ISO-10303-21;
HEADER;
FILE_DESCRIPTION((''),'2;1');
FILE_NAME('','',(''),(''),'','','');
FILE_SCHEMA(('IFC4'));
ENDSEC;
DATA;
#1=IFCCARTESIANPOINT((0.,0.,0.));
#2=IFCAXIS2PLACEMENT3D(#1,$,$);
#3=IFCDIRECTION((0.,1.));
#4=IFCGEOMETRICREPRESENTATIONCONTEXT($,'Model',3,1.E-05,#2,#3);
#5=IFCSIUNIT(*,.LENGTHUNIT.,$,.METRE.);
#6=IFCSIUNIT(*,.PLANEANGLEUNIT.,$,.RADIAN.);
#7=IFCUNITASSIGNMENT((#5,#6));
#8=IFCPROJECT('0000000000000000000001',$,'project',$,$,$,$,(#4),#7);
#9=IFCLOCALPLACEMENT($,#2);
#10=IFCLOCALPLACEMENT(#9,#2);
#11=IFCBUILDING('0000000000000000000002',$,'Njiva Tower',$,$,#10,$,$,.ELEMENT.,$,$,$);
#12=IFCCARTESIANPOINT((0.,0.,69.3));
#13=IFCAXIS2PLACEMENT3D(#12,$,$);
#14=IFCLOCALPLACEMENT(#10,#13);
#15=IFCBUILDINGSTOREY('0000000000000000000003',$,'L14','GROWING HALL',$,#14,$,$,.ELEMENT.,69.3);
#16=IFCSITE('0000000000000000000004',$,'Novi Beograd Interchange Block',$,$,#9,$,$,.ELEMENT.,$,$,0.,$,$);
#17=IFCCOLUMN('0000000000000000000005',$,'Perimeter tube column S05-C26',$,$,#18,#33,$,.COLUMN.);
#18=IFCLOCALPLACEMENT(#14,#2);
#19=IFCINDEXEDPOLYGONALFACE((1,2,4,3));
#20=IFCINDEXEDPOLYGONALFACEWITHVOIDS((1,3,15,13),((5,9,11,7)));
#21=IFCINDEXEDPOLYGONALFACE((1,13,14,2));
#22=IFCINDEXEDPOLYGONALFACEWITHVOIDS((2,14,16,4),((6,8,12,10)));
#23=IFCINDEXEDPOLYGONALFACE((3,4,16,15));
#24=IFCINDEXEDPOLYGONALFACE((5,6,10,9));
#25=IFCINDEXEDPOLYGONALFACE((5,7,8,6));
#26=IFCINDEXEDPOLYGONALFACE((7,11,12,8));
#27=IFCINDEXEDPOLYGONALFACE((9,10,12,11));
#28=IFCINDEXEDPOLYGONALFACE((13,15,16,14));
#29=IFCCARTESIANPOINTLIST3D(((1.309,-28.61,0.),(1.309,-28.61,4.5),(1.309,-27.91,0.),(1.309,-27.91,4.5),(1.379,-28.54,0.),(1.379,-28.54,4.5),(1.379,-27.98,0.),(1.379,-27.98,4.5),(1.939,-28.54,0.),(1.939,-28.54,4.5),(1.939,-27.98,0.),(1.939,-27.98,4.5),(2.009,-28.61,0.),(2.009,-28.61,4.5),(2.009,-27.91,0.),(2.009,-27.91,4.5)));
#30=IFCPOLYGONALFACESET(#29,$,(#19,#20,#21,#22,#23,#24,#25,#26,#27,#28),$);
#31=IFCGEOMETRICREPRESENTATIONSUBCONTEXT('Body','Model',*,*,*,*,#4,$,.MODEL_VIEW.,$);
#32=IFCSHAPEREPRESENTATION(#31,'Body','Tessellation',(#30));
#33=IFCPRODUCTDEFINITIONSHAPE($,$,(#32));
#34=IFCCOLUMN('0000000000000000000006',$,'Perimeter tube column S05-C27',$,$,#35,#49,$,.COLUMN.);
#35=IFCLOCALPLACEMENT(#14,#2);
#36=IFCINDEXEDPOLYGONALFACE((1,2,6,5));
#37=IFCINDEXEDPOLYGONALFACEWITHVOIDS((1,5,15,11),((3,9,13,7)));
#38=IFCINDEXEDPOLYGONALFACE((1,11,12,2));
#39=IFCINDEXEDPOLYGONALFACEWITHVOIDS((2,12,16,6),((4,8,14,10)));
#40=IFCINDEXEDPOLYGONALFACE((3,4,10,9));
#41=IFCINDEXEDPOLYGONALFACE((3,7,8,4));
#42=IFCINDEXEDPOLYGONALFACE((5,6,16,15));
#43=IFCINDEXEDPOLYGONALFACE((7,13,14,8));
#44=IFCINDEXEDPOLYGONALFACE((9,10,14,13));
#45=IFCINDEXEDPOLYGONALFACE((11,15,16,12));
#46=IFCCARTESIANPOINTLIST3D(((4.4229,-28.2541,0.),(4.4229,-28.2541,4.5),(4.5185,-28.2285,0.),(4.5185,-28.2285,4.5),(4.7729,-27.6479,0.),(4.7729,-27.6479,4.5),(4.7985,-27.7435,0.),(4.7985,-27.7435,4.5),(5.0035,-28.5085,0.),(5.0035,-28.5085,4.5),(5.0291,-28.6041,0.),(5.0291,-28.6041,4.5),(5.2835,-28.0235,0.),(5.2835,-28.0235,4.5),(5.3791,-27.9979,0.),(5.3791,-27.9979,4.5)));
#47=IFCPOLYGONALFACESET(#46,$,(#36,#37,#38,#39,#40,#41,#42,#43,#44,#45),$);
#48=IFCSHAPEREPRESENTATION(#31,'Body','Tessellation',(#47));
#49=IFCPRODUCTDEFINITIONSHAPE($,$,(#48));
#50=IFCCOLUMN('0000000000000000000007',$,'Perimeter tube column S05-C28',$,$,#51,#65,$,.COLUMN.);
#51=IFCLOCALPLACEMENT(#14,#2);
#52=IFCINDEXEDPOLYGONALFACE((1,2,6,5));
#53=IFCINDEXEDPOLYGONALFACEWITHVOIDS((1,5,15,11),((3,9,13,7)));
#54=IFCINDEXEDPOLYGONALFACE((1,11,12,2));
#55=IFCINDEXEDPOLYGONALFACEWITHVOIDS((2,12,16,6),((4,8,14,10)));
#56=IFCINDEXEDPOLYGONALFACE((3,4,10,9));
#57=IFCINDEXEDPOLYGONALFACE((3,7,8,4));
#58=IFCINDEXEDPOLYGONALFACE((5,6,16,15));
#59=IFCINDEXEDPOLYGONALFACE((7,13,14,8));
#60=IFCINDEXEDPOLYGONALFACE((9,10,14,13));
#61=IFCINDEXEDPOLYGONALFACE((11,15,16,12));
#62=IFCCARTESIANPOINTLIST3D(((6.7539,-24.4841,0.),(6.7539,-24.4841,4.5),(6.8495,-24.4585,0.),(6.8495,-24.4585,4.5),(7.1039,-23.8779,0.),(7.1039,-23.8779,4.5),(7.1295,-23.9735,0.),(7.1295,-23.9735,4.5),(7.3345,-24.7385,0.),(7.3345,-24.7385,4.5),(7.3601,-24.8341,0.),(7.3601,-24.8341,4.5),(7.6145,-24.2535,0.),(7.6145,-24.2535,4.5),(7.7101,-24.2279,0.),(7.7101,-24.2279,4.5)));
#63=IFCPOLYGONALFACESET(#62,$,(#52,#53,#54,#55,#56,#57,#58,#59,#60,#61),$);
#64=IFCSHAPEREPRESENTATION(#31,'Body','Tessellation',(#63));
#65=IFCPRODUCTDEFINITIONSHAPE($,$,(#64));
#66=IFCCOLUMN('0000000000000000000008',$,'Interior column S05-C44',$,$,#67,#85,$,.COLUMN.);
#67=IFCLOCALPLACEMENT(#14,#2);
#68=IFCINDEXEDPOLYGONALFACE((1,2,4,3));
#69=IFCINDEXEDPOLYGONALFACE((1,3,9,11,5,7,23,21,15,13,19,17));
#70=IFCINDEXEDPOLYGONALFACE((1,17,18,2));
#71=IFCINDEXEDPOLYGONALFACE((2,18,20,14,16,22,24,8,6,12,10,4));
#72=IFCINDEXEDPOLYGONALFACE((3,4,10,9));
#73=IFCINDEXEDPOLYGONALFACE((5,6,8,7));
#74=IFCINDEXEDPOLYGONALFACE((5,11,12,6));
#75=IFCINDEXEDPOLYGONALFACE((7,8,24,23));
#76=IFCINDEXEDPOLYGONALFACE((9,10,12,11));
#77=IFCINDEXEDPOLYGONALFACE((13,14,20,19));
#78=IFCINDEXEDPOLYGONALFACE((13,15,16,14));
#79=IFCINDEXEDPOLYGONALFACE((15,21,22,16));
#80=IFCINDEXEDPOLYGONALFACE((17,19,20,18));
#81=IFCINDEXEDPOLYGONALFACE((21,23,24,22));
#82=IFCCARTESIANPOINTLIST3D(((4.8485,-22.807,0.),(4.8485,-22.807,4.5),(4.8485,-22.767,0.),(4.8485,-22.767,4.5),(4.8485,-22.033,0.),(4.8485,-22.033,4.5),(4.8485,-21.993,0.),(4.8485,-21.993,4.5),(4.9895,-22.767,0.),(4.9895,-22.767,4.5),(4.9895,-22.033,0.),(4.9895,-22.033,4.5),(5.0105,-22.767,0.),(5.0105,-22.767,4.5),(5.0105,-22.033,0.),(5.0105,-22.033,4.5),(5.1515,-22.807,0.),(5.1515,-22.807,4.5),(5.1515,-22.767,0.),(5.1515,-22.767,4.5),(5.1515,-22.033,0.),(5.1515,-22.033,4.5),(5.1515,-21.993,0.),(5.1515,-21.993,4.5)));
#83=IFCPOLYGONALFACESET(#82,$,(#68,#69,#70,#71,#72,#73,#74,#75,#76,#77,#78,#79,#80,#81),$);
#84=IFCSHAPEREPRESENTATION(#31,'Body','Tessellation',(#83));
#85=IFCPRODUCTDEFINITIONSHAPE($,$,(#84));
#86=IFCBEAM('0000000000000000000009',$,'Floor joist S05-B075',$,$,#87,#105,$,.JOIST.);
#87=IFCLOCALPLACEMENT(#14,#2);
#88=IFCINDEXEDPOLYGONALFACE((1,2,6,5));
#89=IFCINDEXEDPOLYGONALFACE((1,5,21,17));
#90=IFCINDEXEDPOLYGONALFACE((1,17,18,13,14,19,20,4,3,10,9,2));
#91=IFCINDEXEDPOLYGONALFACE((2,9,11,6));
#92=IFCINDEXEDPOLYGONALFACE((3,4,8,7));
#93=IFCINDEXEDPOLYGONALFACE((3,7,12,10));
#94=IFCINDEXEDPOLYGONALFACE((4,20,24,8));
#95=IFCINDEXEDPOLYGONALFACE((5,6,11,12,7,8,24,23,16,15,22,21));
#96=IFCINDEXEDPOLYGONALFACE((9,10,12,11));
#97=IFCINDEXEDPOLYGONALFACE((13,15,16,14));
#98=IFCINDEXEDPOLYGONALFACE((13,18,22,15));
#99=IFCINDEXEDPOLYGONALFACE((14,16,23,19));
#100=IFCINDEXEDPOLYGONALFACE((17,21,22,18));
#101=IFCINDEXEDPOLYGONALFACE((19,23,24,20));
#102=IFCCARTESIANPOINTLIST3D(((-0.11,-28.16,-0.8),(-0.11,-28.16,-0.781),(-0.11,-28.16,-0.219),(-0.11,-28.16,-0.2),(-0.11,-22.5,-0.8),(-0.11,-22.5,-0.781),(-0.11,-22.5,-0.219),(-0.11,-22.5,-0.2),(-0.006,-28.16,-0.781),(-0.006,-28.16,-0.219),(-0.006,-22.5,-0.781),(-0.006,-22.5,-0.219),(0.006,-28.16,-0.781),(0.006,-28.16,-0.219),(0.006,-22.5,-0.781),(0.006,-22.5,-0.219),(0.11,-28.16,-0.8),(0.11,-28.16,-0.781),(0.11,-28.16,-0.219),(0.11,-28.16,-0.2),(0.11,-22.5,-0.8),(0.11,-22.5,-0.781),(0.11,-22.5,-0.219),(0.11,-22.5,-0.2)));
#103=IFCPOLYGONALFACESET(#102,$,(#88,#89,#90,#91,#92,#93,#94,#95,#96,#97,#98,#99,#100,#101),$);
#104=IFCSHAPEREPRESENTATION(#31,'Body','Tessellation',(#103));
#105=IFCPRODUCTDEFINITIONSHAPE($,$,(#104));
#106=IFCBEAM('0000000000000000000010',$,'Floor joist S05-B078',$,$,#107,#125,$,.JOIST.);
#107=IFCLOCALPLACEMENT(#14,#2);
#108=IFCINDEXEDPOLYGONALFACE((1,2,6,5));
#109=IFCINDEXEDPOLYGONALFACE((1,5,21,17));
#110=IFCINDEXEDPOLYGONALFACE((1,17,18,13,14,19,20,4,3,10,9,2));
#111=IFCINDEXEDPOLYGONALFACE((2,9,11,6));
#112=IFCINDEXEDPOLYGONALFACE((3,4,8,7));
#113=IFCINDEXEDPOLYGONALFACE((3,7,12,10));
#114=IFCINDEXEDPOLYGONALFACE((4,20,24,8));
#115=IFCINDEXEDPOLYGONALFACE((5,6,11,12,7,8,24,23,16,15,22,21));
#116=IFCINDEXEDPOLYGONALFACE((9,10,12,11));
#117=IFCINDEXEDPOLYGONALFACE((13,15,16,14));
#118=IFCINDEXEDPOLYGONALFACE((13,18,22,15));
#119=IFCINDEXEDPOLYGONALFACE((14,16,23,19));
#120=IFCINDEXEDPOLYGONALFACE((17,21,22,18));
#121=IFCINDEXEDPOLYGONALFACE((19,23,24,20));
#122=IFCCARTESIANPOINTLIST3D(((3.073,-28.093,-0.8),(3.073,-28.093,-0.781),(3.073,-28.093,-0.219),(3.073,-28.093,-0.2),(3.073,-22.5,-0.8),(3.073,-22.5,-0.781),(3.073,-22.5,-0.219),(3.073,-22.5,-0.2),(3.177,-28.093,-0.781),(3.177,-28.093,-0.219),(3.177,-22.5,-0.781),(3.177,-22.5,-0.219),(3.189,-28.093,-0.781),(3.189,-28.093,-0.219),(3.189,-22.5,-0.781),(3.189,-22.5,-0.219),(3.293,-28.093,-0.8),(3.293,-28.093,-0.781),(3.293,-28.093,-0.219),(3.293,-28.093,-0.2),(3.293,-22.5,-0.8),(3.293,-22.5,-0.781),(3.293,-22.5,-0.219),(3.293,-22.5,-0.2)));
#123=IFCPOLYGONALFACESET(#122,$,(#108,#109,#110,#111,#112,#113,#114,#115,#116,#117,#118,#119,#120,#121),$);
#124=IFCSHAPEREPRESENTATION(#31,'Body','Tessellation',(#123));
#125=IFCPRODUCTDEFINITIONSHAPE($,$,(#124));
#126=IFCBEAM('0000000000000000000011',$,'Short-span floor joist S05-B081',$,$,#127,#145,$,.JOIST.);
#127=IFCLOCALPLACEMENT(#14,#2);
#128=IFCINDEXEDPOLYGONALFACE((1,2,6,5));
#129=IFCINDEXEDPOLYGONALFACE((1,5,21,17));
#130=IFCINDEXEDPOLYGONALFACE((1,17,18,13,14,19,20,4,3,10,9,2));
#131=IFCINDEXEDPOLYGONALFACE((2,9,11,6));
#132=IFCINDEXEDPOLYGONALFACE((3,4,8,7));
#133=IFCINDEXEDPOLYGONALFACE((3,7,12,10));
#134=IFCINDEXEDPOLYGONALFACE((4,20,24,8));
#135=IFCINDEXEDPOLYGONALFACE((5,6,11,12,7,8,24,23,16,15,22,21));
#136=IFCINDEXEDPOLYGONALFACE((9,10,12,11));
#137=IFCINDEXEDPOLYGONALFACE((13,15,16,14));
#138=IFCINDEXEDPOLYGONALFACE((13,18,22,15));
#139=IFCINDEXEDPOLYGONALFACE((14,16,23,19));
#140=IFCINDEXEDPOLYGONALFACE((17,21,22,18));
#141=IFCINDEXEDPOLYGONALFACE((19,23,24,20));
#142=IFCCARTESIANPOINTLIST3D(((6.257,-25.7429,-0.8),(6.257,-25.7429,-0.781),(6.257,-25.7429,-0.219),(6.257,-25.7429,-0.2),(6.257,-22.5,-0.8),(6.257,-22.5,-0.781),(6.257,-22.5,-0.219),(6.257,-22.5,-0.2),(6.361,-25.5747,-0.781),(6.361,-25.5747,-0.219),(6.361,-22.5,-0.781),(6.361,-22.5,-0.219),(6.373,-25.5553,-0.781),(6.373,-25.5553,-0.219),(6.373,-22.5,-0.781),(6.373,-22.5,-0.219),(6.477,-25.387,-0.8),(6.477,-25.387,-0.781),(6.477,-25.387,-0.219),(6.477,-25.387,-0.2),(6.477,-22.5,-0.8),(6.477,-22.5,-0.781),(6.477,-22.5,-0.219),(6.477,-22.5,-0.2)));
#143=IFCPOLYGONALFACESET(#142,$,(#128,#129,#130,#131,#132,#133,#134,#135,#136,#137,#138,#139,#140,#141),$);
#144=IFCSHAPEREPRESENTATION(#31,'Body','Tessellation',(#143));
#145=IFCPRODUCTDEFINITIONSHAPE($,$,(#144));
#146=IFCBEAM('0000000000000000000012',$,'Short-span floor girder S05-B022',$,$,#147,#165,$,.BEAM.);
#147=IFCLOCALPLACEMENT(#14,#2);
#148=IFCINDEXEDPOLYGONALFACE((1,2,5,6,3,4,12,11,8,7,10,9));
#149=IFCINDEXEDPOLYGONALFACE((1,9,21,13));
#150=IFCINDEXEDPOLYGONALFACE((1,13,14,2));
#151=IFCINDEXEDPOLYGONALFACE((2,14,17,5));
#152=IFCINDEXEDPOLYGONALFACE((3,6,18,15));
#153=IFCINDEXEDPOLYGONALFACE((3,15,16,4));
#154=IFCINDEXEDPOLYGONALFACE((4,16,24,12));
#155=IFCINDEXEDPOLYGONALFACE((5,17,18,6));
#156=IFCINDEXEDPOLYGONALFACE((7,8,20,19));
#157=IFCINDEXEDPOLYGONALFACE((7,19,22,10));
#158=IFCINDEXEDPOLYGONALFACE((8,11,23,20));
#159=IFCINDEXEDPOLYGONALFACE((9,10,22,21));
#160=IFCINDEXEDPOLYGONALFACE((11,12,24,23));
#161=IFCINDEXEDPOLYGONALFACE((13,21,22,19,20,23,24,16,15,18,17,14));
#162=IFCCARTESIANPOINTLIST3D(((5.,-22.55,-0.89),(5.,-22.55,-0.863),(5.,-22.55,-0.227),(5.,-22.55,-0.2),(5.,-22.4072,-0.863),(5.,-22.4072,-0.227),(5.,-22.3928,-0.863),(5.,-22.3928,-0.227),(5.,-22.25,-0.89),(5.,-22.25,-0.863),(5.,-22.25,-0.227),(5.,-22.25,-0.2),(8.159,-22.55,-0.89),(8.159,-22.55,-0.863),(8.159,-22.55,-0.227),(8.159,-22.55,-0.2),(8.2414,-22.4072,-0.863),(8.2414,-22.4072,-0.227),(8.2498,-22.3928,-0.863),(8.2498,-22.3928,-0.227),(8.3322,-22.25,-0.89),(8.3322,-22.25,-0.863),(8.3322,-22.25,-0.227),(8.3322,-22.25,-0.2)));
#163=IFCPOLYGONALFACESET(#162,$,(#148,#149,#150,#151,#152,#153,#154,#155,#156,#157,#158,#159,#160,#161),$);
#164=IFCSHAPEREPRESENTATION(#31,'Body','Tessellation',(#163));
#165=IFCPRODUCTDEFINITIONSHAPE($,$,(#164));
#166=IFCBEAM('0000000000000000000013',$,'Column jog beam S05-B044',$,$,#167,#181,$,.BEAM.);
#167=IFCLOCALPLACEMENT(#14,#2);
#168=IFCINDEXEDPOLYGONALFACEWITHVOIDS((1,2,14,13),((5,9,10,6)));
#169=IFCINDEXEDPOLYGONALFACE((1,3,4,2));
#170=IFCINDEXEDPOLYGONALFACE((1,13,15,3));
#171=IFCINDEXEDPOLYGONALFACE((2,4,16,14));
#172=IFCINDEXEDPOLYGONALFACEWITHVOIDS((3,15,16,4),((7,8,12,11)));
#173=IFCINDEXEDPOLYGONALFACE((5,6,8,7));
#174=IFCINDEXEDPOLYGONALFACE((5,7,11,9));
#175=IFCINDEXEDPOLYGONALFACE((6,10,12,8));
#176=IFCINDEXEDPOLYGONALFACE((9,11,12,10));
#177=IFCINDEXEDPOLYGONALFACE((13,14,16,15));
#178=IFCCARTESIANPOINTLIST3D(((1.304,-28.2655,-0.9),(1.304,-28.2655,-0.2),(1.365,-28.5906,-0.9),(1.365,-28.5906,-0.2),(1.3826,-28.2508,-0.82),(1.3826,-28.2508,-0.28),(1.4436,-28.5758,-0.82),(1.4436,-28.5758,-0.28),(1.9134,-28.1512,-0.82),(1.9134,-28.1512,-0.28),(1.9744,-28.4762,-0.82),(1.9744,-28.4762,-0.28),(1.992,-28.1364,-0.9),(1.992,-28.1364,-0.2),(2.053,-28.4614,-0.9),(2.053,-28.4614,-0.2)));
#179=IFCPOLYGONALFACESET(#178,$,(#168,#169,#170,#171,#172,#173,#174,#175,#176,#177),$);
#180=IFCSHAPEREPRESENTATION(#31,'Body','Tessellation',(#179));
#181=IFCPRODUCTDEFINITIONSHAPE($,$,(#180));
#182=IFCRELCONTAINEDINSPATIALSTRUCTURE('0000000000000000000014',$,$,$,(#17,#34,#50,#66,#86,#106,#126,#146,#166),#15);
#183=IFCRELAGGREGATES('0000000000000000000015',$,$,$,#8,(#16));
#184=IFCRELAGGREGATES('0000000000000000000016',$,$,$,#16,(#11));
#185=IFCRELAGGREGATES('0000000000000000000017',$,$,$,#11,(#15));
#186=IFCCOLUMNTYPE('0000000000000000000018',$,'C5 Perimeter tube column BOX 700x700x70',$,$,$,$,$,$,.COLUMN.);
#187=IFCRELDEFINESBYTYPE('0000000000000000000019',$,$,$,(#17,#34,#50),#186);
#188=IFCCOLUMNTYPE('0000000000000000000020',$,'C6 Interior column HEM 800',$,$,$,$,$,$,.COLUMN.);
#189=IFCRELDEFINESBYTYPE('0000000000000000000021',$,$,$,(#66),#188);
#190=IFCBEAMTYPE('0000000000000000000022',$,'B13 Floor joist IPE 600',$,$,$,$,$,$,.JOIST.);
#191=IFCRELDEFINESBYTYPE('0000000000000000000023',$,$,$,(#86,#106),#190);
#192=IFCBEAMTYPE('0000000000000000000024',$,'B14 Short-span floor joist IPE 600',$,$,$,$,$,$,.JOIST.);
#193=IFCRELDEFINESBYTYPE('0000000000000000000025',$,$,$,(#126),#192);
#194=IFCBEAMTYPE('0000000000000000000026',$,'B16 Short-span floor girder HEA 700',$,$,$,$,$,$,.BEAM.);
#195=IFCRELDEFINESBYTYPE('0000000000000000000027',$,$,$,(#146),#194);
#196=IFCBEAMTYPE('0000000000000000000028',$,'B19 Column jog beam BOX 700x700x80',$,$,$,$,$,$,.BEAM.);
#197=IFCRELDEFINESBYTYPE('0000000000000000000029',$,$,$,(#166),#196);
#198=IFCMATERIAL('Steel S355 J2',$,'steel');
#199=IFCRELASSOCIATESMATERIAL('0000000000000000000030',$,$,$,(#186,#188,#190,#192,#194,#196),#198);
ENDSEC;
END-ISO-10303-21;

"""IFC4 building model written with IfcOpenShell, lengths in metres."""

from ifc_helpers import new_model, si_unit, direction, frame, origin, origin_2d, place, context, subcontext, project, spatial, hollow_rectangle, i_section, extrude, clip, halfspace, material, material_profile, profile_set, type_object, element, save


model = new_model("IFC4")

# Units and contexts
model_context = context("Model", 3, precision=1e-05, world=origin(), true_north=direction((0.0, 1.0)))
body_context = subcontext(model_context, "Body", "Model", "MODEL_VIEW")
ifc_project = project(units=[si_unit("LENGTHUNIT", "METRE"), si_unit("PLANEANGLEUNIT", "RADIAN")], contexts=[model_context])

# Site, building, storey
site_placement = place(None, origin())
site = spatial("IfcSite", under=ifc_project, at=site_placement, Name="Novi Beograd Interchange Block", CompositionType="ELEMENT", RefElevation=0.0)
building_placement = place(site_placement, origin())
building = spatial("IfcBuilding", under=site, at=building_placement, Name="Njiva Tower", CompositionType="ELEMENT")
storey_placement = place(building_placement, frame((0.0, 0.0, 69.3)))
storey = spatial("IfcBuildingStorey", under=building, at=storey_placement, Name="L14", Description="GROWING HALL", CompositionType="ELEMENT", Elevation=69.3)

# Columns
ifc_material_1 = material(Name="Steel S355 J2", Category="steel")
ifc_material_profile_1 = material_profile(ifc_material_1, hollow_rectangle(XDim=0.7, YDim=0.7, WallThickness=0.07, at=origin_2d()), Name="BOX 700x700x70")
ifc_profile_set_1 = profile_set([ifc_material_profile_1], Name="Steel S355 J2")
column_type_1 = type_object("IfcColumnType", Name="C5 Perimeter tube column BOX 700x700x70", PredefinedType="COLUMN", material=ifc_profile_set_1)
for number, where, z_axis, x_axis, name in (
    (1, (1.659, -28.26, 0.0), (0.0, 0.0, 1.0), (1.0, 0.0, 0.0), "Perimeter tube column S05-C26"),
    (2, (4.901, -28.126, 0.0), (0.0, 0.0, 1.0), (0.5, 0.866025, 0.0), "Perimeter tube column S05-C27"),
    (3, (7.232, -24.356, 0.0), (0.0, 0.0, 1.0), (0.5, 0.866025, 0.0), "Perimeter tube column S05-C28"),
):
    element("IfcColumn", number, at=place(storey_placement, frame(where, z_axis=z_axis, x_axis=x_axis)), inside=storey, type_object=column_type_1, Name=name, PredefinedType="COLUMN", context=body_context, shape_type="SweptSolid", body=[
        extrude(hollow_rectangle(XDim=0.7, YDim=0.7, WallThickness=0.07, at=origin_2d()), origin(), (0.0, 0.0, 1.0), 4.5),
    ])
ifc_material_profile_2 = material_profile(ifc_material_1, i_section(OverallWidth=0.303, OverallDepth=0.814, WebThickness=0.021, FlangeThickness=0.04, at=origin_2d()), Name="HEM 800")
ifc_profile_set_2 = profile_set([ifc_material_profile_2], Name="Steel S355 J2")
column_type_2 = type_object("IfcColumnType", Name="C6 Interior column HEM 800", PredefinedType="COLUMN", material=ifc_profile_set_2)
column_placement = place(storey_placement, frame((5.0, -22.4, 0.0), z_axis=(0.0, 0.0, 1.0), x_axis=(1.0, 0.0, 0.0)))
element("IfcColumn", 4, at=column_placement, inside=storey, type_object=column_type_2, Name="Interior column S05-C44", PredefinedType="COLUMN", context=body_context, shape_type="SweptSolid", body=[
    extrude(i_section(OverallWidth=0.303, OverallDepth=0.814, WebThickness=0.021, FlangeThickness=0.04, at=origin_2d()), origin(), (0.0, 0.0, 1.0), 4.5),
])

# Beams
ifc_material_profile_3 = material_profile(ifc_material_1, i_section(OverallWidth=0.22, OverallDepth=0.6, WebThickness=0.012, FlangeThickness=0.019, at=origin_2d()), Name="IPE 600")
ifc_profile_set_3 = profile_set([ifc_material_profile_3], Name="Steel S355 J2")
beam_type_1 = type_object("IfcBeamType", Name="B13 Floor joist IPE 600", PredefinedType="JOIST", material=ifc_profile_set_3)
beam_1_placement = place(storey_placement, frame((0.0, -22.5, -0.5), z_axis=(0.0, -1.0, 0.0), x_axis=(1.0, 0.0, 0.0)))
element("IfcBeam", 5, at=beam_1_placement, inside=storey, type_object=beam_type_1, Name="Floor joist S05-B075", PredefinedType="JOIST", context=body_context, shape_type="SweptSolid", body=[
    extrude(i_section(OverallWidth=0.22, OverallDepth=0.6, WebThickness=0.012, FlangeThickness=0.019, at=origin_2d()), origin(), (0.0, 0.0, 1.0), 5.66),
])
beam_2_placement = place(storey_placement, frame((3.183, -22.5, -0.5), z_axis=(0.0, -1.0, 0.0), x_axis=(1.0, 0.0, 0.0)))
element("IfcBeam", 6, at=beam_2_placement, inside=storey, type_object=beam_type_1, Name="Floor joist S05-B078", PredefinedType="JOIST", context=body_context, shape_type="SweptSolid", body=[
    extrude(i_section(OverallWidth=0.22, OverallDepth=0.6, WebThickness=0.012, FlangeThickness=0.019, at=origin_2d()), origin(), (0.0, 0.0, 1.0), 5.593),
])
ifc_material_profile_4 = material_profile(ifc_material_1, i_section(OverallWidth=0.22, OverallDepth=0.6, WebThickness=0.012, FlangeThickness=0.019, at=origin_2d()), Name="IPE 600")
ifc_profile_set_4 = profile_set([ifc_material_profile_4], Name="Steel S355 J2")
beam_type_2 = type_object("IfcBeamType", Name="B14 Short-span floor joist IPE 600", PredefinedType="JOIST", material=ifc_profile_set_4)
beam_3_placement = place(storey_placement, frame((6.367, -22.5, -0.5), z_axis=(0.0, -1.0, 0.0), x_axis=(1.0, 0.0, 0.0)))
element("IfcBeam", 7, at=beam_3_placement, inside=storey, type_object=beam_type_2, Name="Short-span floor joist S05-B081", PredefinedType="JOIST", context=body_context, shape_type="Clipping", body=[
    clip(extrude(i_section(OverallWidth=0.22, OverallDepth=0.6, WebThickness=0.012, FlangeThickness=0.019, at=origin_2d()), origin(), (0.0, 0.0, 1.0), 3.263), halfspace(frame((0.0422, 0.0, 2.9967), z_axis=(0.85062, 0.0, 0.52578), x_axis=(0.0, 1.0, 0.0)), False)),
])
ifc_material_profile_5 = material_profile(ifc_material_1, i_section(OverallWidth=0.3, OverallDepth=0.69, WebThickness=0.0145, FlangeThickness=0.027, at=origin_2d()), Name="HEA 700")
ifc_profile_set_5 = profile_set([ifc_material_profile_5], Name="Steel S355 J2")
beam_type_3 = type_object("IfcBeamType", Name="B16 Short-span floor girder HEA 700", PredefinedType="BEAM", material=ifc_profile_set_5)
beam_4_placement = place(storey_placement, frame((5.0, -22.4, -0.545), z_axis=(1.0, 0.0, 0.0), x_axis=(0.0, 1.0, 0.0)))
element("IfcBeam", 8, at=beam_4_placement, inside=storey, type_object=beam_type_3, Name="Short-span floor girder S05-B022", PredefinedType="BEAM", context=body_context, shape_type="Clipping", body=[
    clip(extrude(i_section(OverallWidth=0.3, OverallDepth=0.69, WebThickness=0.0145, FlangeThickness=0.027, at=origin_2d()), origin(), (0.0, 0.0, 1.0), 3.353), halfspace(frame((-0.025, 0.0, 3.2312), z_axis=(-0.499998, 0.0, 0.866027), x_axis=(0.0, 1.0, 0.0)), False)),
])
ifc_material_profile_6 = material_profile(ifc_material_1, hollow_rectangle(XDim=0.7, YDim=0.7, WallThickness=0.08, at=origin_2d()), Name="BOX 700x700x80")
ifc_profile_set_6 = profile_set([ifc_material_profile_6], Name="Steel S355 J2")
beam_type_4 = type_object("IfcBeamType", Name="B19 Column jog beam BOX 700x700x80", PredefinedType="BEAM", material=ifc_profile_set_6)
beam_5_placement = place(storey_placement, frame((1.709, -28.526, -0.55), z_axis=(-0.184471, 0.982838, 0.0), x_axis=(-0.982838, -0.184471, 0.0)))
element("IfcBeam", 9, at=beam_5_placement, inside=storey, type_object=beam_type_4, Name="Column jog beam S05-B044", PredefinedType="BEAM", context=body_context, shape_type="SweptSolid", body=[
    extrude(hollow_rectangle(XDim=0.7, YDim=0.7, WallThickness=0.08, at=origin_2d()), origin(), (0.0, 0.0, 1.0), 0.3307),
])

save(model, "model.ifc")
